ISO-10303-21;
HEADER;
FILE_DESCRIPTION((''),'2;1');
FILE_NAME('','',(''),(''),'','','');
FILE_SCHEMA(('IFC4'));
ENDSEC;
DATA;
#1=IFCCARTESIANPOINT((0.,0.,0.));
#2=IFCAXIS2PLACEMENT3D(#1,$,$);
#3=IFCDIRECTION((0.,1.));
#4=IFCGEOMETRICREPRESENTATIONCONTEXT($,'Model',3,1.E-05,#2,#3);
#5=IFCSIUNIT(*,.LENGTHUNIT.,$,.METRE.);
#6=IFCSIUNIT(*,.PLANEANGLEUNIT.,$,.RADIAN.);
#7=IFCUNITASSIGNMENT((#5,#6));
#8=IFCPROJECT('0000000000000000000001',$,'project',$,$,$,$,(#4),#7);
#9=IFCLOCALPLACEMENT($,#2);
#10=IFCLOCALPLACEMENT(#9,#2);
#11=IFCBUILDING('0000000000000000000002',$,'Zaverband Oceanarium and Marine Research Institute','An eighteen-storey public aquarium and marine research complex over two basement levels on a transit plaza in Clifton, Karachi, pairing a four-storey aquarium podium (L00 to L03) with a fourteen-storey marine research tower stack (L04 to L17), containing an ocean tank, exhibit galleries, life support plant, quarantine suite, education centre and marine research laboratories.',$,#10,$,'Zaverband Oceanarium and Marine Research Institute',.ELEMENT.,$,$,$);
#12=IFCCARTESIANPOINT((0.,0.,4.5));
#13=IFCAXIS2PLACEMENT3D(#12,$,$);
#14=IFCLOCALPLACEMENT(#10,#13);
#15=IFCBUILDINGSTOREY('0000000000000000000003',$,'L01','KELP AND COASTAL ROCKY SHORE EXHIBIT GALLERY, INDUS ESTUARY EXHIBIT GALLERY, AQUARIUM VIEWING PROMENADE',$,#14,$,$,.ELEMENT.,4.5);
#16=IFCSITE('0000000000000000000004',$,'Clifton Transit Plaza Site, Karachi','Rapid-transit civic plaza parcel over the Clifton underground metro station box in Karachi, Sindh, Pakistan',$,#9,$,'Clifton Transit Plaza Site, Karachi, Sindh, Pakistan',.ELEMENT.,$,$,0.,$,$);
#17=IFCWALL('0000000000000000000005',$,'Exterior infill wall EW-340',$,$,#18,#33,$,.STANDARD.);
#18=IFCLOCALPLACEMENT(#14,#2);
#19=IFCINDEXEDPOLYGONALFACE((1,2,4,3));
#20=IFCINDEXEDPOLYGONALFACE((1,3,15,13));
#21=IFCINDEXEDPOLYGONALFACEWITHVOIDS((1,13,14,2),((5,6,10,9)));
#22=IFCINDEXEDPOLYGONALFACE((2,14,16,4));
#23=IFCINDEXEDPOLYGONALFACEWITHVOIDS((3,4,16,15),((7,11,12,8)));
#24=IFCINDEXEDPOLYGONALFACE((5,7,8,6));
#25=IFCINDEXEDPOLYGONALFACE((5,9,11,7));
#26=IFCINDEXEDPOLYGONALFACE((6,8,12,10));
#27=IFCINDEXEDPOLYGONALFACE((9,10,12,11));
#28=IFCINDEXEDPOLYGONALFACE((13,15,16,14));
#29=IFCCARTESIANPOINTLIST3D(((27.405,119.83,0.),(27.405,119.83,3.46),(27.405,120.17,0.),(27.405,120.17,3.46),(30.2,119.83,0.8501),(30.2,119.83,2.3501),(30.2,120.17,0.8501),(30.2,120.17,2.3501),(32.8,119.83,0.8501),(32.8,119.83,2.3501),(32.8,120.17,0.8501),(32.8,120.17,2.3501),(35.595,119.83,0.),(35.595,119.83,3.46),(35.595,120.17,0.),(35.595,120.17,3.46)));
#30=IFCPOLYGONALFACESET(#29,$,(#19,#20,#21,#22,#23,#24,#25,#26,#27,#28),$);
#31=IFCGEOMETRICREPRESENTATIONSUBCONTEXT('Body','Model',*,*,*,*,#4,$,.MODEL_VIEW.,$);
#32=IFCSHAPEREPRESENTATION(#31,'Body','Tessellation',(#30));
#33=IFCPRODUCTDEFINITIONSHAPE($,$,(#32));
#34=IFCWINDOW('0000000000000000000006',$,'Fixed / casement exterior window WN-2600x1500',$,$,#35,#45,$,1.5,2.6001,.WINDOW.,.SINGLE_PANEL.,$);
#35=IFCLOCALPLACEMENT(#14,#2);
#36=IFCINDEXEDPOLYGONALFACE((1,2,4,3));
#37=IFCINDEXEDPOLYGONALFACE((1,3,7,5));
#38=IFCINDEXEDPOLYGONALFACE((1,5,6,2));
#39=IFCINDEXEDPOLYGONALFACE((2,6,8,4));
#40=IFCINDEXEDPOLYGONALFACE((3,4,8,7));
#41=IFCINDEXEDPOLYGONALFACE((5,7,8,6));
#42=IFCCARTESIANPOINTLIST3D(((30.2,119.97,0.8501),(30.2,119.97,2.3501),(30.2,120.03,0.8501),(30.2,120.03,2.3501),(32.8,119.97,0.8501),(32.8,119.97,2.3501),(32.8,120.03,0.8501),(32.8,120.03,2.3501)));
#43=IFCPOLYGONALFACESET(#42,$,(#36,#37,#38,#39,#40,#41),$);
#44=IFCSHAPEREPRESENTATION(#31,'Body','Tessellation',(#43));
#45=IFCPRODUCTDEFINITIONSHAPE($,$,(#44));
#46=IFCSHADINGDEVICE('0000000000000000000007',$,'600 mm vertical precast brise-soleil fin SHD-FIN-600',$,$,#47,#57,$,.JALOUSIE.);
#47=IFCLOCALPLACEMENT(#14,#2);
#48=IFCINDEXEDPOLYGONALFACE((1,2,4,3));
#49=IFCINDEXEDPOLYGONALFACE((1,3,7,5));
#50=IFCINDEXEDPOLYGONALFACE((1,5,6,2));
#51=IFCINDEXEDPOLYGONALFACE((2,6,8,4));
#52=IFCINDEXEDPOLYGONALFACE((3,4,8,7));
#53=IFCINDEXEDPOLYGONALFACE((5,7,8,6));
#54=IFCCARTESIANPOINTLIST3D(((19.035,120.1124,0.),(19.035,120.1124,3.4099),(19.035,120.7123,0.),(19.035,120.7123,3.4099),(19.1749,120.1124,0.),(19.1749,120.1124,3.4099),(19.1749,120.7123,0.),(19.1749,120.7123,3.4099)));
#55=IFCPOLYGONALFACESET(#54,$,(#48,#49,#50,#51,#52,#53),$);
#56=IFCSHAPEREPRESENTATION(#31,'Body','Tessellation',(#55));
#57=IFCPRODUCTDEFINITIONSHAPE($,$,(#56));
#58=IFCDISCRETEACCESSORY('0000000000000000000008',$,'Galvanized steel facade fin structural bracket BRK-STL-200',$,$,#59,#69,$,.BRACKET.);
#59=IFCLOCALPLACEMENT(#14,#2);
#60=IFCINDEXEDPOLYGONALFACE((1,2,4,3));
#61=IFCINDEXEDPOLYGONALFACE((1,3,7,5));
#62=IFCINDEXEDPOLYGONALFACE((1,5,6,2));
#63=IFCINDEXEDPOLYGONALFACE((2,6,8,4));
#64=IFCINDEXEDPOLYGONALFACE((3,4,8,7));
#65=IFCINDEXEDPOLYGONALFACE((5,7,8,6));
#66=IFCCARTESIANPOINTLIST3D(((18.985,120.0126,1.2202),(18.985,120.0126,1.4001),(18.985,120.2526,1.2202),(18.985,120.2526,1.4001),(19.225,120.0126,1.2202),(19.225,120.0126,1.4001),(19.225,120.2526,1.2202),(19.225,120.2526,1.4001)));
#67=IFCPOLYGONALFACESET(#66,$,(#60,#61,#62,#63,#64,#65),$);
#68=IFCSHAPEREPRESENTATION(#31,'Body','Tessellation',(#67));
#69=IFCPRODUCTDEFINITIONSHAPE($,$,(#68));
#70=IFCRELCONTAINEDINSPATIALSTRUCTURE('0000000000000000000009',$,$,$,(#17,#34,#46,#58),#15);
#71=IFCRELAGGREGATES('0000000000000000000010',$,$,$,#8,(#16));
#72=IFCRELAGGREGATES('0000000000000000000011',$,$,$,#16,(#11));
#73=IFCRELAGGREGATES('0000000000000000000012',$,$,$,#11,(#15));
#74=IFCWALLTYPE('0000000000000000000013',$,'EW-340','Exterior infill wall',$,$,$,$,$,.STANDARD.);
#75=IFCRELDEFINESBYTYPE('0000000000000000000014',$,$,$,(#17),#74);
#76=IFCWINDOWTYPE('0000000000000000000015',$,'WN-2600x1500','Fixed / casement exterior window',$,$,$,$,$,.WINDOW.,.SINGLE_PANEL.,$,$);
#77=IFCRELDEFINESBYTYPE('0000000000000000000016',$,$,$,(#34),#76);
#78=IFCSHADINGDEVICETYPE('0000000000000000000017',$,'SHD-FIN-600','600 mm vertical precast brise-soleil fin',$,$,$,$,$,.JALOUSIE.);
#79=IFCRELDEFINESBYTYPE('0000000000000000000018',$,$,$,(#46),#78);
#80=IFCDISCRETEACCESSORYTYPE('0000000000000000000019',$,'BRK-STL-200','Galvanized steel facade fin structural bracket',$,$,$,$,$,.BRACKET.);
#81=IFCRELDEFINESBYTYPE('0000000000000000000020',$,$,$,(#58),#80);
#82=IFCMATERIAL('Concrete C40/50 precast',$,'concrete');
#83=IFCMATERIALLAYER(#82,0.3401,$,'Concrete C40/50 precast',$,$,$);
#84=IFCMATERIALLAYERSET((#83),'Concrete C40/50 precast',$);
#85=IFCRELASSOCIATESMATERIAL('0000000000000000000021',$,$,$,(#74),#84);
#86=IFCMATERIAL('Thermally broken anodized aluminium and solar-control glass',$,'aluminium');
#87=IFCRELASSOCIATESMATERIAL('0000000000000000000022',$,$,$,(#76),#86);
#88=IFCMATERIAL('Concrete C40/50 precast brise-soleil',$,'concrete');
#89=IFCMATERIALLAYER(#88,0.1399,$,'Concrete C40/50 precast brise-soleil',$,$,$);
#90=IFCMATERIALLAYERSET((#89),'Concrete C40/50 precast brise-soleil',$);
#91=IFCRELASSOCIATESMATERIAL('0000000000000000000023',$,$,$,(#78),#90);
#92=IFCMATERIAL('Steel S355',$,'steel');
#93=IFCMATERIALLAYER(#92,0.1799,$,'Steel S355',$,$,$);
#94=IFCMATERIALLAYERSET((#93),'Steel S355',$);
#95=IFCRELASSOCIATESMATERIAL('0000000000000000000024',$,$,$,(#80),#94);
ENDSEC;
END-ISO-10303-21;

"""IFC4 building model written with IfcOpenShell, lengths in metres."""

from ifc_helpers import new_model, si_unit, direction, frame, frame_2d, origin, origin_2d, place, context, subcontext, project, spatial, rectangle, extrude, material, layer, layer_set, type_object, element, fill, save


model = new_model("IFC4")

# Units and contexts
model_context = context("Model", 3, precision=1e-05, world=origin(), true_north=direction((0.0, 1.0)))
body_context = subcontext(model_context, "Body", "Model", "MODEL_VIEW")
ifc_project = project(units=[si_unit("LENGTHUNIT", "METRE"), si_unit("PLANEANGLEUNIT", "RADIAN")], contexts=[model_context])

# Site, building, storey
site_placement = place(None, origin())
site = spatial("IfcSite", under=ifc_project, at=site_placement, Name="Clifton Transit Plaza Site, Karachi", Description="Rapid-transit civic plaza parcel over the Clifton underground metro station box in Karachi, Sindh, Pakistan", LongName="Clifton Transit Plaza Site, Karachi, Sindh, Pakistan", CompositionType="ELEMENT", RefElevation=0.0)
building_placement = place(site_placement, origin())
building = spatial("IfcBuilding", under=site, at=building_placement, Name="Zaverband Oceanarium and Marine Research Institute", Description="An eighteen-storey public aquarium and marine research complex over two basement levels on a transit plaza in Clifton, Karachi, pairing a four-storey aquarium podium (L00 to L03) with a fourteen-storey marine research tower stack (L04 to L17), containing an ocean tank, exhibit galleries, life support plant, quarantine suite, education centre and marine research laboratories.", LongName="Zaverband Oceanarium and Marine Research Institute", CompositionType="ELEMENT")
storey_placement = place(building_placement, frame((0.0, 0.0, 4.5)))
storey = spatial("IfcBuildingStorey", under=building, at=storey_placement, Name="L01", Description="KELP AND COASTAL ROCKY SHORE EXHIBIT GALLERY, INDUS ESTUARY EXHIBIT GALLERY, AQUARIUM VIEWING PROMENADE", CompositionType="ELEMENT", Elevation=4.5)

# Wall, opening, window
ifc_material_1 = material(Name="Concrete C40/50 precast", Category="concrete")
ifc_material_2 = material(Name="Thermally broken anodized aluminium and solar-control glass", Category="aluminium")
ifc_layer_1 = layer(ifc_material_1, 0.3401, Name="Concrete C40/50 precast")
ifc_layer_set_1 = layer_set([ifc_layer_1], Name="Concrete C40/50 precast")
wall_type_1 = type_object("IfcWallType", Name="EW-340", Description="Exterior infill wall", PredefinedType="STANDARD", material=ifc_layer_set_1)
wall_1_placement = place(storey_placement, frame((27.405, 120.0, 0.0), z_axis=(0.0, 0.0, 1.0), x_axis=(1.0, 0.0, 0.0)))
wall_1 = element("IfcWall", 1, at=wall_1_placement, inside=storey, type_object=wall_type_1, Name="Exterior infill wall EW-340", PredefinedType="STANDARD", context=body_context, shape_type="SweptSolid", body=[
    extrude(rectangle(XDim=8.1899, YDim=0.3401, at=frame_2d((4.095, 0.0))), origin(), (0.0, 0.0, 1.0), 3.46),
])
opening_1_placement = place(wall_1_placement, frame((2.7949, 0.0, 0.8501)))
opening_1 = element("IfcOpeningElement", 2, at=opening_1_placement, cuts=wall_1, PredefinedType="OPENING", context=body_context, shape_type="SweptSolid", body=[
    extrude(rectangle(XDim=2.6001, YDim=1.5, at=frame_2d((1.3, 0.75))), frame((0.0, 0.1821, 0.0), z_axis=(0.0, -1.0, 0.0), x_axis=(1.0, 0.0, 0.0)), (0.0, 0.0, 1.0), 0.364),
])
window_type_1 = type_object("IfcWindowType", Name="WN-2600x1500", Description="Fixed / casement exterior window", PartitioningType="SINGLE_PANEL", PredefinedType="WINDOW", material=ifc_material_2)
window_1_placement = place(opening_1_placement, origin())
window_1 = element("IfcWindow", 3, at=window_1_placement, inside=storey, type_object=window_type_1, Name="Fixed / casement exterior window WN-2600x1500", OverallHeight=1.5, OverallWidth=2.6001, PartitioningType="SINGLE_PANEL", PredefinedType="WINDOW", context=body_context, shape_type="SweptSolid", body=[
    extrude(rectangle(XDim=2.6001, YDim=1.5, at=frame_2d((1.3, 0.75))), frame((0.0, 0.03, 0.0), z_axis=(0.0, -1.0, 0.0), x_axis=(1.0, 0.0, 0.0)), (0.0, 0.0, 1.0), 0.0601),
])
fill(opening_1, window_1)

# Shading device
ifc_material_3 = material(Name="Concrete C40/50 precast brise-soleil", Category="concrete")
ifc_layer_2 = layer(ifc_material_3, 0.1399, Name="Concrete C40/50 precast brise-soleil")
ifc_layer_set_2 = layer_set([ifc_layer_2], Name="Concrete C40/50 precast brise-soleil")
shading_device_type = type_object("IfcShadingDeviceType", Name="SHD-FIN-600", Description="600 mm vertical precast brise-soleil fin", PredefinedType="JALOUSIE", material=ifc_layer_set_2)
shading_device_placement = place(storey_placement, frame((19.105, 120.1125, 0.0), z_axis=(0.0, 0.0, 1.0), x_axis=(0.0, 1.0, 0.0)))
element("IfcShadingDevice", 4, at=shading_device_placement, inside=storey, type_object=shading_device_type, Name="600 mm vertical precast brise-soleil fin SHD-FIN-600", PredefinedType="JALOUSIE", context=body_context, shape_type="SweptSolid", body=[
    extrude(rectangle(XDim=0.5999, YDim=0.1399, at=frame_2d((0.2998, 0.0))), origin(), (0.0, 0.0, 1.0), 3.4099),
])

# Discrete accessory
ifc_material_4 = material(Name="Steel S355", Category="steel")
ifc_layer_3 = layer(ifc_material_4, 0.1799, Name="Steel S355")
ifc_layer_set_3 = layer_set([ifc_layer_3], Name="Steel S355")
discrete_accessory_type = type_object("IfcDiscreteAccessoryType", Name="BRK-STL-200", Description="Galvanized steel facade fin structural bracket", PredefinedType="BRACKET", material=ifc_layer_set_3)
discrete_accessory_placement = place(storey_placement, frame((19.105, 120.1326, 1.2202), z_axis=(0.0, 0.0, 1.0), x_axis=(1.0, 0.0, 0.0)))
element("IfcDiscreteAccessory", 5, at=discrete_accessory_placement, inside=storey, type_object=discrete_accessory_type, Name="Galvanized steel facade fin structural bracket BRK-STL-200", PredefinedType="BRACKET", context=body_context, shape_type="SweptSolid", body=[
    extrude(rectangle(XDim=0.24, YDim=0.24, at=origin_2d()), origin(), (0.0, 0.0, 1.0), 0.1799),
])

save(model, "model.ifc")
